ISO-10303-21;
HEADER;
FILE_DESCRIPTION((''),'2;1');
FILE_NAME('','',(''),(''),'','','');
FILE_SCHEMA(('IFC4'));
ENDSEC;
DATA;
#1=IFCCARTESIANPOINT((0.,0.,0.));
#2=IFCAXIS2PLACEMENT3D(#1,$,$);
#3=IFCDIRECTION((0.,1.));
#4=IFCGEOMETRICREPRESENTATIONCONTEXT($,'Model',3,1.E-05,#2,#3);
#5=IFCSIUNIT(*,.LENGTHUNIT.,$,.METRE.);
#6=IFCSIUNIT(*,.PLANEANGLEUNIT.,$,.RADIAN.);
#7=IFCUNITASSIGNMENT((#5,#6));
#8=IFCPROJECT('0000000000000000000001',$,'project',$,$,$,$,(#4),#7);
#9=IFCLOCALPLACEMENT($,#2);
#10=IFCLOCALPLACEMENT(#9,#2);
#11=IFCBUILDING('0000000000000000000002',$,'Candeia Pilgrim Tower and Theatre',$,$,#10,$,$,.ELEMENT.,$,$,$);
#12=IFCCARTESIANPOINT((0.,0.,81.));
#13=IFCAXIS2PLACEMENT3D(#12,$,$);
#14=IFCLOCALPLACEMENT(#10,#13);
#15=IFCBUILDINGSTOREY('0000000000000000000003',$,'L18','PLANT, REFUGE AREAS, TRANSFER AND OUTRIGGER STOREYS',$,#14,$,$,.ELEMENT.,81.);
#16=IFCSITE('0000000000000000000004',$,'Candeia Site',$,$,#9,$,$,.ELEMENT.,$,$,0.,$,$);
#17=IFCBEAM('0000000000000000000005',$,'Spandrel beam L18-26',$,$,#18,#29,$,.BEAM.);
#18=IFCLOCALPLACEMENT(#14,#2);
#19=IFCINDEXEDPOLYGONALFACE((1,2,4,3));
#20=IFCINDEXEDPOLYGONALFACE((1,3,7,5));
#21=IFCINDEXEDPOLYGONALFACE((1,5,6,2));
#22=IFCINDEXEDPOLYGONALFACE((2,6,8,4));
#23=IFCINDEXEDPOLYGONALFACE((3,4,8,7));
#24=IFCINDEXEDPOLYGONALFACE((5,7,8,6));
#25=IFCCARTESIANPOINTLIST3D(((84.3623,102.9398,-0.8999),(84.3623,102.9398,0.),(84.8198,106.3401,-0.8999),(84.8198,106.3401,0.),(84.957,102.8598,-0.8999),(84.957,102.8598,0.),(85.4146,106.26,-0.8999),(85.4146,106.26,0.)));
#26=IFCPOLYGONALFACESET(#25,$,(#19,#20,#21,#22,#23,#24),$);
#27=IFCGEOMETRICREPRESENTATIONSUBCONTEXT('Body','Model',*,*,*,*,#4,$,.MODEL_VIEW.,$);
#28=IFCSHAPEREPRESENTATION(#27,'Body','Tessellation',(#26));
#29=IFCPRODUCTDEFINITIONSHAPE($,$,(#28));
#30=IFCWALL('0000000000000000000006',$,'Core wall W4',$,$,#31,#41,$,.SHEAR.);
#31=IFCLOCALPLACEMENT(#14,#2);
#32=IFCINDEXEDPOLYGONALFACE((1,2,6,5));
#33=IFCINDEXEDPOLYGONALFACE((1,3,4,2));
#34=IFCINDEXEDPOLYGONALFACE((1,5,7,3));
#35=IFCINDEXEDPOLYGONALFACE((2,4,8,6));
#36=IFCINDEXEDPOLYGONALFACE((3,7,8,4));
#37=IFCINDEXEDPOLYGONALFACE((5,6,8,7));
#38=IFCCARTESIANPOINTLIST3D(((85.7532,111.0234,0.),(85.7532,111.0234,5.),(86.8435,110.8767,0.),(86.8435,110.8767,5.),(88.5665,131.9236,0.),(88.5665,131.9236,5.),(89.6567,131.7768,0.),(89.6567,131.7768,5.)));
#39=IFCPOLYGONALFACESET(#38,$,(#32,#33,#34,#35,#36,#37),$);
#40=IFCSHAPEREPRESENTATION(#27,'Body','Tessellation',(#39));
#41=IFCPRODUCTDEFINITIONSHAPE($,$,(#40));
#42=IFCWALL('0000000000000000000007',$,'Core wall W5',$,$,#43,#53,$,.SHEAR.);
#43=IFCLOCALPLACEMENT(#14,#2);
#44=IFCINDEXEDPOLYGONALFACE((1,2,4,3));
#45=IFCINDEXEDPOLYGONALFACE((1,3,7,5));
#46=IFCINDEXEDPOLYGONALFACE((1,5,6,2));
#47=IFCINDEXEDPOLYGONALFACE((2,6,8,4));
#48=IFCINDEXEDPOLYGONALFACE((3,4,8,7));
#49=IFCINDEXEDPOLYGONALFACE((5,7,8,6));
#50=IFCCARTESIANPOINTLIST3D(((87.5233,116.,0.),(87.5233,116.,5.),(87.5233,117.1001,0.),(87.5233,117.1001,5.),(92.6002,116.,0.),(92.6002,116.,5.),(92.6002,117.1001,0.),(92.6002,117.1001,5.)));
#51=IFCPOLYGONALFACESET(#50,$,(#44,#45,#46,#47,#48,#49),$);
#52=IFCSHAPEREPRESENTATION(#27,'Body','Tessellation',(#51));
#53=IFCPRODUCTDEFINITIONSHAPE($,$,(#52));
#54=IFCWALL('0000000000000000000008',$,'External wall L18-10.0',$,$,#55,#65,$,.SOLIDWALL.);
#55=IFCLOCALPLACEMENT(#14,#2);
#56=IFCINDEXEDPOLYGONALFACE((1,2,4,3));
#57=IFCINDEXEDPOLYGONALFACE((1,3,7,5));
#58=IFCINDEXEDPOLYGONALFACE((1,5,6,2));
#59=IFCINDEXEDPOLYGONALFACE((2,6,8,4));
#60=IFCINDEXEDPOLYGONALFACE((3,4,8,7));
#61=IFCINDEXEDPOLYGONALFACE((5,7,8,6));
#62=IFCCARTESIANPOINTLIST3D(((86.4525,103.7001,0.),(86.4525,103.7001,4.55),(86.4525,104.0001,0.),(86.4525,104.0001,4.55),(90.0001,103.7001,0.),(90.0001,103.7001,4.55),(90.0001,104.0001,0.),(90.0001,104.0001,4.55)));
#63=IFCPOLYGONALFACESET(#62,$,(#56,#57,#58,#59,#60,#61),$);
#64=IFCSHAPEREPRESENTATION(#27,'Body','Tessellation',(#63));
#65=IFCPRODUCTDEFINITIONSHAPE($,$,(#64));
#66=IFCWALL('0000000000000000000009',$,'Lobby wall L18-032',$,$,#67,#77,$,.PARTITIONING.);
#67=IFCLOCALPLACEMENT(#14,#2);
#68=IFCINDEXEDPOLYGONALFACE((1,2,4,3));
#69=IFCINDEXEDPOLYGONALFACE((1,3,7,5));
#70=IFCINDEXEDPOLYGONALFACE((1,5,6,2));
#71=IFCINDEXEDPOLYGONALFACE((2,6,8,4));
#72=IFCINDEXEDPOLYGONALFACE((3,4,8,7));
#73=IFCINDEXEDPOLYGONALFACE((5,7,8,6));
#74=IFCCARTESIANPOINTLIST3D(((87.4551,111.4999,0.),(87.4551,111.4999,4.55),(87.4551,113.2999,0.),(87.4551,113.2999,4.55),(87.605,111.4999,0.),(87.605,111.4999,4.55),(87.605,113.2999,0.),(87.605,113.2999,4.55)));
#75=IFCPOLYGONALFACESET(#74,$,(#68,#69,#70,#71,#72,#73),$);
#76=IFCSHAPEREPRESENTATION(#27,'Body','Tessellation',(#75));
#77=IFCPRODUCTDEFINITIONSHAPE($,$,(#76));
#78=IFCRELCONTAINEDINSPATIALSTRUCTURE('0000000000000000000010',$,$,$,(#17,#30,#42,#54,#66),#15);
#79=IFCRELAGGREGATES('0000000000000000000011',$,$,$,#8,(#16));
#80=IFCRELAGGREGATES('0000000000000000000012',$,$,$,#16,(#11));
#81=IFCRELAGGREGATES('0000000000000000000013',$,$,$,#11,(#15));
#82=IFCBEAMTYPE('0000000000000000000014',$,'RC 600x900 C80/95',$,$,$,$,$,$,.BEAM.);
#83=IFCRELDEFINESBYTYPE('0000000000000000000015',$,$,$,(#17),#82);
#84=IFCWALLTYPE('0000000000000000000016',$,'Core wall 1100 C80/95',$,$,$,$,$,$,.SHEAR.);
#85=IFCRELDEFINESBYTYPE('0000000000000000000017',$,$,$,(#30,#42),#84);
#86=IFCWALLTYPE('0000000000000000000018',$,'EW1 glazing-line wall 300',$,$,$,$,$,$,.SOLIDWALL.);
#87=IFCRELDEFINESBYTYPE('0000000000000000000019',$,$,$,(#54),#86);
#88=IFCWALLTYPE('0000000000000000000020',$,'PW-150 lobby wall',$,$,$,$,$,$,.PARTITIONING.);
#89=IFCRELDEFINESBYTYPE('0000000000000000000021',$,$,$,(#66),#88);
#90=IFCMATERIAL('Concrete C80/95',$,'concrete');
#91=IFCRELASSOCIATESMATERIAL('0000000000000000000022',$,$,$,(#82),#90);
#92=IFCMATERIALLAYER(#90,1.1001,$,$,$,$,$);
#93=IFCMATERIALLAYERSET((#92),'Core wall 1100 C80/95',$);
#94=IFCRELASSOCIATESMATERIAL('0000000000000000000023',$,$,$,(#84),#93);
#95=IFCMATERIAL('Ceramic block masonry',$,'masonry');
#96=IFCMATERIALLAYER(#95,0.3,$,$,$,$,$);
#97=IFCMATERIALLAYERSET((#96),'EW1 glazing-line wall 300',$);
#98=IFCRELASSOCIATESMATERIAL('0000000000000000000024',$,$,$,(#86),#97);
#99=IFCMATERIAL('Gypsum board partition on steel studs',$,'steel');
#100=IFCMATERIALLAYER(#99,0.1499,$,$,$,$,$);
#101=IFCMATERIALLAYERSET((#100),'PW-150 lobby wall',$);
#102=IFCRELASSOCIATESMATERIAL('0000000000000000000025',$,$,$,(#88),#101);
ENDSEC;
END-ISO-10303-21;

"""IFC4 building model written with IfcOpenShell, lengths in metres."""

from ifc_helpers import new_model, si_unit, direction, frame, frame_2d, origin, origin_2d, place, context, subcontext, project, spatial, rectangle, extrude, material, layer, layer_set, material_profile, profile_set, type_object, element, save


model = new_model("IFC4")

# Units and contexts
model_context = context("Model", 3, precision=1e-05, world=origin(), true_north=direction((0.0, 1.0)))
body_context = subcontext(model_context, "Body", "Model", "MODEL_VIEW")
ifc_project = project(units=[si_unit("LENGTHUNIT", "METRE"), si_unit("PLANEANGLEUNIT", "RADIAN")], contexts=[model_context])

# Site, building, storey
site_placement = place(None, origin())
site = spatial("IfcSite", under=ifc_project, at=site_placement, Name="Candeia Site", CompositionType="ELEMENT", RefElevation=0.0)
building_placement = place(site_placement, origin())
building = spatial("IfcBuilding", under=site, at=building_placement, Name="Candeia Pilgrim Tower and Theatre", CompositionType="ELEMENT")
storey_placement = place(building_placement, frame((0.0, 0.0, 81.0)))
storey = spatial("IfcBuildingStorey", under=building, at=storey_placement, Name="L18", Description="PLANT, REFUGE AREAS, TRANSFER AND OUTRIGGER STOREYS", CompositionType="ELEMENT", Elevation=81.0)

# Shared definitions
ifc_material_1 = material(Name="Concrete C80/95", Category="concrete")

# Beam
ifc_material_profile_1 = material_profile(ifc_material_1, rectangle(XDim=0.6001, YDim=0.8999, at=origin_2d()))
ifc_profile_set_1 = profile_set([ifc_material_profile_1], Name="Concrete C80/95")
beam_type = type_object("IfcBeamType", Name="RC 600x900 C80/95", PredefinedType="BEAM", material=ifc_profile_set_1)
beam_1_placement = place(storey_placement, frame((85.1172, 106.3, -0.45), z_axis=(-0.133357, -0.991068, 0.0), x_axis=(0.991068, -0.133357, 0.0)))
element("IfcBeam", 1, at=beam_1_placement, inside=storey, type_object=beam_type, Name="Spandrel beam L18-26", PredefinedType="BEAM", context=body_context, shape_type="SweptSolid", body=[
    extrude(rectangle(XDim=0.6001, YDim=0.8999, at=origin_2d()), origin(), (0.0, 0.0, 1.0), 3.4309),
])

# Walls
ifc_layer_1 = layer(ifc_material_1, 1.1001)
ifc_layer_set_1 = layer_set([ifc_layer_1], Name="Core wall 1100 C80/95")
wall_type_1 = type_object("IfcWallType", Name="Core wall 1100 C80/95", PredefinedType="SHEAR", material=ifc_layer_set_1)
wall_1_placement = place(storey_placement, frame((86.2983, 110.95, 0.0), z_axis=(0.0, 0.0, 1.0), x_axis=(0.1334, 0.991062, 0.0)))
element("IfcWall", 2, at=wall_1_placement, inside=storey, type_object=wall_type_1, Name="Core wall W4", PredefinedType="SHEAR", context=body_context, shape_type="SweptSolid", body=[
    extrude(rectangle(XDim=21.0886, YDim=1.1001, at=frame_2d((10.5444, 0.0))), origin(), (0.0, 0.0, 1.0), 5.0),
])
wall_2_placement = place(storey_placement, frame((87.5232, 116.55, 0.0), z_axis=(0.0, 0.0, 1.0), x_axis=(1.0, 0.0, 0.0)))
element("IfcWall", 3, at=wall_2_placement, inside=storey, type_object=wall_type_1, Name="Core wall W5", PredefinedType="SHEAR", context=body_context, shape_type="SweptSolid", body=[
    extrude(rectangle(XDim=5.0769, YDim=1.1001, at=frame_2d((2.5386, 0.0))), origin(), (0.0, 0.0, 1.0), 5.0),
])

# Shared definitions
ifc_material_2 = material(Name="Ceramic block masonry", Category="masonry")
ifc_layer_2 = layer(ifc_material_2, 0.3)
ifc_layer_set_2 = layer_set([ifc_layer_2], Name="EW1 glazing-line wall 300")
wall_type_2 = type_object("IfcWallType", Name="EW1 glazing-line wall 300", PredefinedType="SOLIDWALL", material=ifc_layer_set_2)

# Walls
wall_3_placement = place(storey_placement, frame((86.4524, 103.8501, 0.0), z_axis=(0.0, 0.0, 1.0), x_axis=(1.0, 0.0, 0.0)))
element("IfcWall", 4, at=wall_3_placement, inside=storey, type_object=wall_type_2, Name="External wall L18-10.0", PredefinedType="SOLIDWALL", context=body_context, shape_type="SweptSolid", body=[
    extrude(rectangle(XDim=3.5476, YDim=0.3, at=frame_2d((1.7739, 0.0))), origin(), (0.0, 0.0, 1.0), 4.55),
])
ifc_material_3 = material(Name="Gypsum board partition on steel studs", Category="steel")
ifc_layer_3 = layer(ifc_material_3, 0.1499)
ifc_layer_set_3 = layer_set([ifc_layer_3], Name="PW-150 lobby wall")
wall_type_3 = type_object("IfcWallType", Name="PW-150 lobby wall", PredefinedType="PARTITIONING", material=ifc_layer_set_3)
wall_4_placement = place(storey_placement, frame((87.53, 111.5, 0.0), z_axis=(0.0, 0.0, 1.0), x_axis=(0.0, 1.0, 0.0)))
element("IfcWall", 5, at=wall_4_placement, inside=storey, type_object=wall_type_3, Name="Lobby wall L18-032", PredefinedType="PARTITIONING", context=body_context, shape_type="SweptSolid", body=[
    extrude(rectangle(XDim=1.8, YDim=0.1499, at=frame_2d((0.8999, 0.0))), origin(), (0.0, 0.0, 1.0), 4.55),
])

save(model, "model.ifc")
